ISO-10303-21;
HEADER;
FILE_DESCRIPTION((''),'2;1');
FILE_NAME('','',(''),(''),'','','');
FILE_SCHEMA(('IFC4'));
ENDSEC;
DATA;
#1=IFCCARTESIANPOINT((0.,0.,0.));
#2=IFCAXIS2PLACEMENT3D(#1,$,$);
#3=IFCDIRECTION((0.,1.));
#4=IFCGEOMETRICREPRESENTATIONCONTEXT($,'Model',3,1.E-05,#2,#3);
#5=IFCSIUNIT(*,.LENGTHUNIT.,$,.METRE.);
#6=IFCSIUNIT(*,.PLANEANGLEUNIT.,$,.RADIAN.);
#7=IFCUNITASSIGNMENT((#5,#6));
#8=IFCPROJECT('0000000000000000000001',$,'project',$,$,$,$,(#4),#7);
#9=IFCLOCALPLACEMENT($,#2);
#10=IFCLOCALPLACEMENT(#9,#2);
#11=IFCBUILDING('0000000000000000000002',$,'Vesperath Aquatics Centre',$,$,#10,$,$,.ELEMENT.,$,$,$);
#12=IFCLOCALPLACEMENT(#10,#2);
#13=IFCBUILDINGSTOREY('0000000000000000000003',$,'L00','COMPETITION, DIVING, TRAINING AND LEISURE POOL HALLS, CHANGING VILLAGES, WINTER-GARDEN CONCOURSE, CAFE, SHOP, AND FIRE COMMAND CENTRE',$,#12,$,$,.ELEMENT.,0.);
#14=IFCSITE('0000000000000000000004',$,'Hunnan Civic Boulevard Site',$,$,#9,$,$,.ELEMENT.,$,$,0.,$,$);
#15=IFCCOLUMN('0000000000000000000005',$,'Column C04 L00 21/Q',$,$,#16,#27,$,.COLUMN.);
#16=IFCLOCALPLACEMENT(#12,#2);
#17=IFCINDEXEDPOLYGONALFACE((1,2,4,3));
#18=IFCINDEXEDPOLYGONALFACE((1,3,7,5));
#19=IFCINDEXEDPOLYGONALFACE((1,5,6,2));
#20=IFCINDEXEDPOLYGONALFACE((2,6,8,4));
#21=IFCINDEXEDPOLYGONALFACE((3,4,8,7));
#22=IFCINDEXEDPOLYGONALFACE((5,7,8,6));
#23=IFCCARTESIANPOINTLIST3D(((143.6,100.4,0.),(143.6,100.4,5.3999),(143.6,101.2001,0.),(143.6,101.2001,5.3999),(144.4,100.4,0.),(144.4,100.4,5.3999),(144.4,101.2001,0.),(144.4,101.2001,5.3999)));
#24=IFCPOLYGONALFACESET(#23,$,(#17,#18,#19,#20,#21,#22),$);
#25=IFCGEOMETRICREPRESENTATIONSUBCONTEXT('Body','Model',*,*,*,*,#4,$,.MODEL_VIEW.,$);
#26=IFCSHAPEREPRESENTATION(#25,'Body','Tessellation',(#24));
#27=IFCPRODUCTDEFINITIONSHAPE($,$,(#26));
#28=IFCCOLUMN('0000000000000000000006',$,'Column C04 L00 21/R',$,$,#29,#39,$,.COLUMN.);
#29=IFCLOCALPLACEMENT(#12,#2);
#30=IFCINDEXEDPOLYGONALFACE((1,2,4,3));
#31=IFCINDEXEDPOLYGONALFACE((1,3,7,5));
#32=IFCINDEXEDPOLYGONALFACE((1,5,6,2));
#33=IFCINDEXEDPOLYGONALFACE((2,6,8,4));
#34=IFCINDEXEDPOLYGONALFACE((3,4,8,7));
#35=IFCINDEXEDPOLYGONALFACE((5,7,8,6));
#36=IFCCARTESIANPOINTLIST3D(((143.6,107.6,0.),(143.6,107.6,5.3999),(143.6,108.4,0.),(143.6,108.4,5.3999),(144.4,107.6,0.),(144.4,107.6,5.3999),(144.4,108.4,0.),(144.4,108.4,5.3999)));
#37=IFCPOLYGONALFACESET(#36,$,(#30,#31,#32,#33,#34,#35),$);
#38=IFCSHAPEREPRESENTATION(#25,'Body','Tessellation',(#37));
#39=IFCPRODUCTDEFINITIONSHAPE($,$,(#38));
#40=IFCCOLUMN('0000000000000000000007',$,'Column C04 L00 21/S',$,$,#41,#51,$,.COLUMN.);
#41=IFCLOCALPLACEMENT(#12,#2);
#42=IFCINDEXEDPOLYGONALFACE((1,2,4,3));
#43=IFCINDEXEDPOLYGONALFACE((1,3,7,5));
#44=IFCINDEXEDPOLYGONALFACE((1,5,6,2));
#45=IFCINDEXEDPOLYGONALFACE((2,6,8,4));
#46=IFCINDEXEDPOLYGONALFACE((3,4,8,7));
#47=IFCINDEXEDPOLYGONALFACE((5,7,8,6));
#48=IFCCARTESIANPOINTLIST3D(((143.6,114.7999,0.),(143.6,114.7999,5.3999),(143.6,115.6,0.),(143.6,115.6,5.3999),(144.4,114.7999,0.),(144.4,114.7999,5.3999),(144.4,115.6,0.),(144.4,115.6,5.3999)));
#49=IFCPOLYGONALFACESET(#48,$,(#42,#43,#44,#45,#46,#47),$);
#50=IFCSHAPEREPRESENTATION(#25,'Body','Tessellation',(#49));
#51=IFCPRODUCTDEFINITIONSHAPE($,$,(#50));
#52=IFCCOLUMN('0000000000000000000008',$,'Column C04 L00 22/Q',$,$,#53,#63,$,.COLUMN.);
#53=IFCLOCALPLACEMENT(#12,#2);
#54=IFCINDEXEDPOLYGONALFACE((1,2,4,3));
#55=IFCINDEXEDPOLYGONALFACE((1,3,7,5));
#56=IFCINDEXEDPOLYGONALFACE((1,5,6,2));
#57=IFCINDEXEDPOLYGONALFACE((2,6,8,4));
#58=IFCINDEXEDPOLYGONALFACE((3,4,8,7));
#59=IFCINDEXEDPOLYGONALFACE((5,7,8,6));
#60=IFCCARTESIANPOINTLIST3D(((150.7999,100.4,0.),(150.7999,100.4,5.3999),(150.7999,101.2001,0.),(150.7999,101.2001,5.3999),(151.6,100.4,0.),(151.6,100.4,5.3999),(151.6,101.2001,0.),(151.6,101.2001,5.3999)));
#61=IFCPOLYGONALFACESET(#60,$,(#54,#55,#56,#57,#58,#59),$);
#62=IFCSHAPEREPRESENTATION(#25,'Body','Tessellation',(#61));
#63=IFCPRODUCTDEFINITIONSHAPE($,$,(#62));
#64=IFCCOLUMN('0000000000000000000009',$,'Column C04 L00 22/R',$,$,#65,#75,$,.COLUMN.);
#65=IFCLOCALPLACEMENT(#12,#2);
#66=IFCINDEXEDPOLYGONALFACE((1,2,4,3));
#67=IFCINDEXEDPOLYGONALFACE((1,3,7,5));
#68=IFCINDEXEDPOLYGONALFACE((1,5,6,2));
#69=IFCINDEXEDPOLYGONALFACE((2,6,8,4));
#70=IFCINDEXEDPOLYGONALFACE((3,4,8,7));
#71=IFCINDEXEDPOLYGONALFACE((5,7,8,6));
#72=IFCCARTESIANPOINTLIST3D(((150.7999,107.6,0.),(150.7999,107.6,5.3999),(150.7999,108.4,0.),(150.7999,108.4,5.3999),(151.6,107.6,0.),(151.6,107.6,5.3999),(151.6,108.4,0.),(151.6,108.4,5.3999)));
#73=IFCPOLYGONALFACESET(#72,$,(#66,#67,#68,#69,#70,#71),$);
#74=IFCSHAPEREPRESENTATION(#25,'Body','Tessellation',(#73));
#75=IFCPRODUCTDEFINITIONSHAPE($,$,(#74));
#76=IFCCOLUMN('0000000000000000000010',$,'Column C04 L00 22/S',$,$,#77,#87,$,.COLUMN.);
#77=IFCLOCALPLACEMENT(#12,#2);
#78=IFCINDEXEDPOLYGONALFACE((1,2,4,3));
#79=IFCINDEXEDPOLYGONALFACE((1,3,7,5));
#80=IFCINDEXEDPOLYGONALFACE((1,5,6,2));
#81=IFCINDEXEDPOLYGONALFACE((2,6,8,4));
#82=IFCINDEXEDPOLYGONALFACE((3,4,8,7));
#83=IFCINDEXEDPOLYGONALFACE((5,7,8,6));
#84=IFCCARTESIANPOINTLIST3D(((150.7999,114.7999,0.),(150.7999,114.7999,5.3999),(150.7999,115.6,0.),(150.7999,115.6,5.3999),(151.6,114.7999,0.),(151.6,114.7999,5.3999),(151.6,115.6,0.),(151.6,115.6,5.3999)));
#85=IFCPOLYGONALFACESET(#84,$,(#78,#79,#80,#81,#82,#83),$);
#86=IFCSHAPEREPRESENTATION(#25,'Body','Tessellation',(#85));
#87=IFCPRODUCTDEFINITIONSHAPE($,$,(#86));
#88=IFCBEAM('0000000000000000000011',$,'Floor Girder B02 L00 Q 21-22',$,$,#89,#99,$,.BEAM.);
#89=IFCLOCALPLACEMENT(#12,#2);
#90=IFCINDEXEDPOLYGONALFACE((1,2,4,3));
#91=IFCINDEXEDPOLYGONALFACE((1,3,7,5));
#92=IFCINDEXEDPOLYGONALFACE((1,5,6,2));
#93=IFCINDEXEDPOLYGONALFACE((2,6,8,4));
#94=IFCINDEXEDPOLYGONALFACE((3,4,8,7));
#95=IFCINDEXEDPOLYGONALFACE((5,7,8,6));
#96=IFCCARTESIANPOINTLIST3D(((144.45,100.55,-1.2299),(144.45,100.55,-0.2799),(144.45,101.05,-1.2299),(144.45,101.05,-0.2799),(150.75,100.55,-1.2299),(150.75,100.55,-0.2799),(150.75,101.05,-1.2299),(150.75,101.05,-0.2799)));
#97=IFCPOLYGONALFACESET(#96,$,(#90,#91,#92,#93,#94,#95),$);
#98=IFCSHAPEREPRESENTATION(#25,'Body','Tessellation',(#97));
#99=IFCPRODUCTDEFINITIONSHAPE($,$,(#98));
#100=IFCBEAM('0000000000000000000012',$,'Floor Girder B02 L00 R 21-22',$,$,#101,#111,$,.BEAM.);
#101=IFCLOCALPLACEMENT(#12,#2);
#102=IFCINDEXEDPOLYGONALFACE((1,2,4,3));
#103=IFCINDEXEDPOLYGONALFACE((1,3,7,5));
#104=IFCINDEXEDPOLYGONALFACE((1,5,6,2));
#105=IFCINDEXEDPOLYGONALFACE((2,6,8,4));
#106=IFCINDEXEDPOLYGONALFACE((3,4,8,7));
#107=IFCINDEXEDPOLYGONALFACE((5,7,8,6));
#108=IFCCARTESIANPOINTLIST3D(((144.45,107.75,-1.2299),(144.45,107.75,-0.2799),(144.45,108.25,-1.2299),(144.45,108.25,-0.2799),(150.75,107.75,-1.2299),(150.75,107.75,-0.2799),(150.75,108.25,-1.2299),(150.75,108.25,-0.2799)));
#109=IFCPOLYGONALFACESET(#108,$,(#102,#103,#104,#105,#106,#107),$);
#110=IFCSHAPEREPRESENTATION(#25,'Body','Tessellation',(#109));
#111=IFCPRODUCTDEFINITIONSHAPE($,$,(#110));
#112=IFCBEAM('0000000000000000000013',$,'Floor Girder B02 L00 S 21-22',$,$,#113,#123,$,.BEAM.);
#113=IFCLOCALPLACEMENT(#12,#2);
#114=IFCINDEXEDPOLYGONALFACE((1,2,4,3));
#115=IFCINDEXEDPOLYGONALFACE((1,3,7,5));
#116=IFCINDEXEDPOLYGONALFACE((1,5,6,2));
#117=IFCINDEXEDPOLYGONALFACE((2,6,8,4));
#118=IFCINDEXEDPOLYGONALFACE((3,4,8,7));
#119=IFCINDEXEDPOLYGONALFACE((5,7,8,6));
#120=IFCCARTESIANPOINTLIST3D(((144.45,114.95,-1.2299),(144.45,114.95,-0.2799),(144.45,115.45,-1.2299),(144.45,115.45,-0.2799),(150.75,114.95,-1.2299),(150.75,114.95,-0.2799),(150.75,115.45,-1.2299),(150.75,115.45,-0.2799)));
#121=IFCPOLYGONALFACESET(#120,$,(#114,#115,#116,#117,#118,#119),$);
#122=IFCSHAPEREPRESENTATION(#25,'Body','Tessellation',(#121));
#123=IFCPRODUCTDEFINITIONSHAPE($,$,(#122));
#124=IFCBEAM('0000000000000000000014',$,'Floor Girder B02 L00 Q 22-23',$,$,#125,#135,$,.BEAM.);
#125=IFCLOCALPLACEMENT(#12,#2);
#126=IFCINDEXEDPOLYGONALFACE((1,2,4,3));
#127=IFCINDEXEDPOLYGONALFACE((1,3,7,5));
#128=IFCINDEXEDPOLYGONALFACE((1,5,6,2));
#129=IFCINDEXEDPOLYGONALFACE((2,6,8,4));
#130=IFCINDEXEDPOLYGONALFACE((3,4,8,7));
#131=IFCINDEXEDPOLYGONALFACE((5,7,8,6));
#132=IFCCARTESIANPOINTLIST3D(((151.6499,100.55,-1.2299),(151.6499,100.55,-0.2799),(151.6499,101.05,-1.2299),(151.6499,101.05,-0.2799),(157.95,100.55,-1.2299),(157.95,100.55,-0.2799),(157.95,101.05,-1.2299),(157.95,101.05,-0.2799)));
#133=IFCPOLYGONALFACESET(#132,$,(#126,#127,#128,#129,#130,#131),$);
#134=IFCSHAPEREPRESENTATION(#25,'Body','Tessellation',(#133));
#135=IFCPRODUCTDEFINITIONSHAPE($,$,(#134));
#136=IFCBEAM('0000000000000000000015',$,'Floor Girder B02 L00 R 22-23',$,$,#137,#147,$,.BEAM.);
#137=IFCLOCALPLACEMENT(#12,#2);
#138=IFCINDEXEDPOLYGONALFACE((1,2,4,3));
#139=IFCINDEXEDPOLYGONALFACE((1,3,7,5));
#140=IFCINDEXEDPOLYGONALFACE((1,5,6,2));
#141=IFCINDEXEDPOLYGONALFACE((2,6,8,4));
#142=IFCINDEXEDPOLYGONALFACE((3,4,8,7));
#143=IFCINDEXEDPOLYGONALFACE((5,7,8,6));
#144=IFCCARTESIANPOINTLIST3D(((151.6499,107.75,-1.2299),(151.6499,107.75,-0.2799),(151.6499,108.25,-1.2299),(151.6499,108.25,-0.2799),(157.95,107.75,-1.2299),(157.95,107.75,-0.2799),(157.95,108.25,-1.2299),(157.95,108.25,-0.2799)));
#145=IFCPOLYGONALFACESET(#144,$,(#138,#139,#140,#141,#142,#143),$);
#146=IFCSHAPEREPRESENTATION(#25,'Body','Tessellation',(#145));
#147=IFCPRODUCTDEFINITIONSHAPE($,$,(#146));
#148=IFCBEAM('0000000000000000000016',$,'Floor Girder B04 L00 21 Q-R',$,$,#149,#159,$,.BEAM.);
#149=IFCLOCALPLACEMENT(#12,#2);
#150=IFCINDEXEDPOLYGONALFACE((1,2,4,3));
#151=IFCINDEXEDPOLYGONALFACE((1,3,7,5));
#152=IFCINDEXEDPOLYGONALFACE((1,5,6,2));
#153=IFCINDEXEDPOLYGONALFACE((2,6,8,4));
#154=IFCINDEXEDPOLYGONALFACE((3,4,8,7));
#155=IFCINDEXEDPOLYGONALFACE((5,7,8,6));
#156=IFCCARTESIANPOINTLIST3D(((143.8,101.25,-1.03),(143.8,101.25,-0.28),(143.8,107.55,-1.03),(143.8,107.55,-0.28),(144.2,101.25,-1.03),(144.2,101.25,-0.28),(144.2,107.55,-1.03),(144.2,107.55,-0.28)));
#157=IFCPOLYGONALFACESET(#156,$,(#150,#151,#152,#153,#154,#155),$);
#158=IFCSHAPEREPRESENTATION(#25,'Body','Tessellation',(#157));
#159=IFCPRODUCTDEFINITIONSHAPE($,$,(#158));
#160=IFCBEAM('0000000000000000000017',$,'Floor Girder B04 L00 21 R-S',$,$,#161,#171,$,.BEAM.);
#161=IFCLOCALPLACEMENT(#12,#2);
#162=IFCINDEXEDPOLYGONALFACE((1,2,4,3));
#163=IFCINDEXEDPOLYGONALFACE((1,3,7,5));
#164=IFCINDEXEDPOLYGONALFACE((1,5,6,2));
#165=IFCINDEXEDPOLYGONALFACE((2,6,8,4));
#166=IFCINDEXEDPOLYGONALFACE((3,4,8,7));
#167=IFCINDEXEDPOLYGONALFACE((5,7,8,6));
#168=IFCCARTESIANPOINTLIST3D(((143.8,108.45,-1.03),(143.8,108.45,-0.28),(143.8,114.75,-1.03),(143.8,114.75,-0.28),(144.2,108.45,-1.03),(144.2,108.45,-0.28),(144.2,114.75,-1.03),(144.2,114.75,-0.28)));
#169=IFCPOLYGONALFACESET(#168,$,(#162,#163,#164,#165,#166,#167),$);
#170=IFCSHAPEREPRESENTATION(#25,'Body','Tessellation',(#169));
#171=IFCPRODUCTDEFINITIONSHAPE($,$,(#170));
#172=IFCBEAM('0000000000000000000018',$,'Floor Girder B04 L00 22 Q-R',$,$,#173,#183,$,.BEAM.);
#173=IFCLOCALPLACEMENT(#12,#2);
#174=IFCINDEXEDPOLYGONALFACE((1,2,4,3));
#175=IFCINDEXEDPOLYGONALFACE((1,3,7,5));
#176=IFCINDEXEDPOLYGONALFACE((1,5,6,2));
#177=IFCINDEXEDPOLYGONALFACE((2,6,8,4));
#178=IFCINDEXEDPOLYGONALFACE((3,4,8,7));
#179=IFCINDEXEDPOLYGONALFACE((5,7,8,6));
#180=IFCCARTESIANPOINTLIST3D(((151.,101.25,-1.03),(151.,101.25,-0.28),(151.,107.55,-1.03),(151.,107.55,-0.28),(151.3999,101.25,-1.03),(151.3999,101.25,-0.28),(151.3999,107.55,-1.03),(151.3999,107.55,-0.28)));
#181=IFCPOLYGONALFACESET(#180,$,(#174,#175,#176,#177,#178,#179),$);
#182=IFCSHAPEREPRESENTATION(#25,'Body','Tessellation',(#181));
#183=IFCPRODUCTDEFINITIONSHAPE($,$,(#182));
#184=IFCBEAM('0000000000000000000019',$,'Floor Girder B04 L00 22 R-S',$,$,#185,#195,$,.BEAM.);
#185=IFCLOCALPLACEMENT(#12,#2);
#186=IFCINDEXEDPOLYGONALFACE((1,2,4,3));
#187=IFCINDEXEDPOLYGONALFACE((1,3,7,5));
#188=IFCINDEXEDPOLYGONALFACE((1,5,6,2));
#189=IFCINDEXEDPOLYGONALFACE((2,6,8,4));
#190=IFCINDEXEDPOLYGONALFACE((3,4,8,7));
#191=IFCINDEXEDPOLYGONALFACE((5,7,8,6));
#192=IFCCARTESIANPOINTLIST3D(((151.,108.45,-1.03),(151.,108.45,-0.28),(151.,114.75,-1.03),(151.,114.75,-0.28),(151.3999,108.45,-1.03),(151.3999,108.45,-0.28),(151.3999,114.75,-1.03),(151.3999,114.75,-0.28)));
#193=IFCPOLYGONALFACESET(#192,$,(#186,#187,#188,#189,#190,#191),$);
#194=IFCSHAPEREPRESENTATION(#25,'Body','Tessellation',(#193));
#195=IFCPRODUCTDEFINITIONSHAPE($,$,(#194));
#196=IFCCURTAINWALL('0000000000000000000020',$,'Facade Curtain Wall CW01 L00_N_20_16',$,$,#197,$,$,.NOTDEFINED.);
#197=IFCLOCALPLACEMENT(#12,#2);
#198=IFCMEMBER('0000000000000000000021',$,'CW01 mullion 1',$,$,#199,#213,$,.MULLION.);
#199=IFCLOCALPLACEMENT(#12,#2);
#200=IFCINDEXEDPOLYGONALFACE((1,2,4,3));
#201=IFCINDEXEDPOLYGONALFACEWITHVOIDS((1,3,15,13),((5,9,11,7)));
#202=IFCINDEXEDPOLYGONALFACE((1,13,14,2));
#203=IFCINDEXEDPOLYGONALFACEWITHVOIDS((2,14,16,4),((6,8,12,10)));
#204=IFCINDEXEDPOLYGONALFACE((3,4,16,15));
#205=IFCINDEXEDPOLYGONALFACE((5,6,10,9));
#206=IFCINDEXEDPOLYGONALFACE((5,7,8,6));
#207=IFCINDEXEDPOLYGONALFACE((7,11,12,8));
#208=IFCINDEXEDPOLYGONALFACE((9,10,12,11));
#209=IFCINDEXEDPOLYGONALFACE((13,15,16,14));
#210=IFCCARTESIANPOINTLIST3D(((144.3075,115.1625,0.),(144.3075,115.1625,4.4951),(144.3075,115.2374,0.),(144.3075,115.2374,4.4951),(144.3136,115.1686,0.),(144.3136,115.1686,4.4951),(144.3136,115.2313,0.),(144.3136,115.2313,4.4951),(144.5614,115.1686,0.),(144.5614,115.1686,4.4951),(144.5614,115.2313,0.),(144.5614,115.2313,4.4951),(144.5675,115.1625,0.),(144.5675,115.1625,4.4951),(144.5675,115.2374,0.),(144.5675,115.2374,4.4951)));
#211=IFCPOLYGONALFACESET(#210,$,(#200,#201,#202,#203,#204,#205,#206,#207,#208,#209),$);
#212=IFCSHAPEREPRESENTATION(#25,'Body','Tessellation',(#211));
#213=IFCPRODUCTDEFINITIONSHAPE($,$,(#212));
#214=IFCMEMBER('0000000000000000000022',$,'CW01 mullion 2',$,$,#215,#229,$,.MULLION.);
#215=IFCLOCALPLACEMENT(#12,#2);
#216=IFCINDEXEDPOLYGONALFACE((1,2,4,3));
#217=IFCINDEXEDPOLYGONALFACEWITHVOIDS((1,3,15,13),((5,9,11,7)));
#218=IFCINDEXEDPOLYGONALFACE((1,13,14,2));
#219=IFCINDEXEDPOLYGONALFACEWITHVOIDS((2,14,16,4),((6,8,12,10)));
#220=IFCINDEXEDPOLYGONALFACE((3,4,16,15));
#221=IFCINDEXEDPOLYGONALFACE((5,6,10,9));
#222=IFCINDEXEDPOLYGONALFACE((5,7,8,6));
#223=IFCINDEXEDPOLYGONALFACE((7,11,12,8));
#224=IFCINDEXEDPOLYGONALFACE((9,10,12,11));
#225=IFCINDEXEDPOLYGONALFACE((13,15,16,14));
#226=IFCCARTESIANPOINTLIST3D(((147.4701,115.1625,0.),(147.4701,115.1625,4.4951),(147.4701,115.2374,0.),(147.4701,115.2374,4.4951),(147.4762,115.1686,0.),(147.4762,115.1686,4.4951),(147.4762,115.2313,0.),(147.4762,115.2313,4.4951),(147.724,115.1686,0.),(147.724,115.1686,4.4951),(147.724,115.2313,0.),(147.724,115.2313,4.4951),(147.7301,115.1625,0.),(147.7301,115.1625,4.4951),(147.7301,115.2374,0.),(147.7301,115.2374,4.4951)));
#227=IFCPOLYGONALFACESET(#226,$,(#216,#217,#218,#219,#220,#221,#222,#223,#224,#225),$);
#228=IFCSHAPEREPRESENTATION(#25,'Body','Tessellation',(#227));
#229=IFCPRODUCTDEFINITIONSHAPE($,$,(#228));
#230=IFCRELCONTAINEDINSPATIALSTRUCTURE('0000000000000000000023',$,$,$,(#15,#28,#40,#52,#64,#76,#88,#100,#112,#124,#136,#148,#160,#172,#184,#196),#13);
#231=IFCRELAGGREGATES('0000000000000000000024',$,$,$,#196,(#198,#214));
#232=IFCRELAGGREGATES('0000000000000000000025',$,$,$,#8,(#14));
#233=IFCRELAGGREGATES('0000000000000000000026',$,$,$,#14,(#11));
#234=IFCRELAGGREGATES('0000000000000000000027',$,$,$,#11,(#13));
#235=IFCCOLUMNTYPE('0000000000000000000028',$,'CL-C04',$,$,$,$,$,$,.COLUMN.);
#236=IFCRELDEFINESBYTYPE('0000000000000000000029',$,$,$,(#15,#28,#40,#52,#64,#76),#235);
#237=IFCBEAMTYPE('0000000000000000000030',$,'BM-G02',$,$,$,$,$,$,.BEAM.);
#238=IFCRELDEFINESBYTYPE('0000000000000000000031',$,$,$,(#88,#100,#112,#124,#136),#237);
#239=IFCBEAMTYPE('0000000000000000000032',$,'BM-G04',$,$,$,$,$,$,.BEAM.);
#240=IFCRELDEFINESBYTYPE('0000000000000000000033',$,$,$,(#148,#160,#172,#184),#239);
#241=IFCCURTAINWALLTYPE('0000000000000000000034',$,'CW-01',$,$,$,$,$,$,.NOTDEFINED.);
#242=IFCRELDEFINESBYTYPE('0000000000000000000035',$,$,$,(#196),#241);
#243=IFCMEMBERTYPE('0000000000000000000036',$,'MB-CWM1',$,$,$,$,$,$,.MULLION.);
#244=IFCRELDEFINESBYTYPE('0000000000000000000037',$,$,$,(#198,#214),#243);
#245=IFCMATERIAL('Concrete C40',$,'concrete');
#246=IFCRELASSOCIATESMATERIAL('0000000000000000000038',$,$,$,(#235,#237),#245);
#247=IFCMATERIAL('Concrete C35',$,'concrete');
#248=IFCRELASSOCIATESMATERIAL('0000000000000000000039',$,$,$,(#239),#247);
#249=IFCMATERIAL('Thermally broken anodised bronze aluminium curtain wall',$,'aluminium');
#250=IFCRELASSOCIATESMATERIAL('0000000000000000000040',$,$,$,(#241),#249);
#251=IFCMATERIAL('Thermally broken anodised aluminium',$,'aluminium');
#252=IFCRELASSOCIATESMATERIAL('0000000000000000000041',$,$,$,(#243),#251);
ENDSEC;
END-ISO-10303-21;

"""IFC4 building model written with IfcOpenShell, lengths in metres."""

from ifc_helpers import new_model, si_unit, direction, frame, origin, origin_2d, place, context, subcontext, project, spatial, rectangle, hollow_rectangle, extrude, material, material_profile, profile_set, type_object, element, aggregate, save


model = new_model("IFC4")

# Units and contexts
model_context = context("Model", 3, precision=1e-05, world=origin(), true_north=direction((0.0, 1.0)))
body_context = subcontext(model_context, "Body", "Model", "MODEL_VIEW")
ifc_project = project(units=[si_unit("LENGTHUNIT", "METRE"), si_unit("PLANEANGLEUNIT", "RADIAN")], contexts=[model_context])

# Site, building, storey
site_placement = place(None, origin())
site = spatial("IfcSite", under=ifc_project, at=site_placement, Name="Hunnan Civic Boulevard Site", CompositionType="ELEMENT", RefElevation=0.0)
building_placement = place(site_placement, origin())
building = spatial("IfcBuilding", under=site, at=building_placement, Name="Vesperath Aquatics Centre", CompositionType="ELEMENT")
storey_placement = place(building_placement, origin())
storey = spatial("IfcBuildingStorey", under=building, at=storey_placement, Name="L00", Description="COMPETITION, DIVING, TRAINING AND LEISURE POOL HALLS, CHANGING VILLAGES, WINTER-GARDEN CONCOURSE, CAFE, SHOP, AND FIRE COMMAND CENTRE", CompositionType="ELEMENT", Elevation=0.0)

# Columns
ifc_material_1 = material(Name="Concrete C40", Category="concrete")
ifc_material_profile_1 = material_profile(ifc_material_1, rectangle(XDim=0.8, YDim=0.8, at=origin_2d()), Name="RC 800x800")
ifc_profile_set_1 = profile_set([ifc_material_profile_1], Name="Concrete C40")
column_type = type_object("IfcColumnType", Name="CL-C04", PredefinedType="COLUMN", material=ifc_profile_set_1)
for number, where, z_axis, x_axis, name in (
    (1, (144.0, 100.8, 0.0), (0.0, 0.0, 1.0), (1.0, 0.0, 0.0), "Column C04 L00 21/Q"),
    (2, (144.0, 108.0, 0.0), (0.0, 0.0, 1.0), (1.0, 0.0, 0.0), "Column C04 L00 21/R"),
    (3, (144.0, 115.2, 0.0), (0.0, 0.0, 1.0), (1.0, 0.0, 0.0), "Column C04 L00 21/S"),
    (4, (151.2, 100.8, 0.0), (0.0, 0.0, 1.0), (1.0, 0.0, 0.0), "Column C04 L00 22/Q"),
    (5, (151.2, 108.0, 0.0), (0.0, 0.0, 1.0), (1.0, 0.0, 0.0), "Column C04 L00 22/R"),
    (6, (151.2, 115.2, 0.0), (0.0, 0.0, 1.0), (1.0, 0.0, 0.0), "Column C04 L00 22/S"),
):
    element("IfcColumn", number, at=place(storey_placement, frame(where, z_axis=z_axis, x_axis=x_axis)), inside=storey, type_object=column_type, Name=name, PredefinedType="COLUMN", context=body_context, shape_type="SweptSolid", body=[
        extrude(rectangle(XDim=0.8, YDim=0.8, at=origin_2d()), origin(), (0.0, 0.0, 1.0), 5.3999),
    ])

# Beams
ifc_material_profile_2 = material_profile(ifc_material_1, rectangle(XDim=0.5, YDim=0.95, at=origin_2d()), Name="RC 500x950")
ifc_profile_set_2 = profile_set([ifc_material_profile_2], Name="Concrete C40")
beam_type_1 = type_object("IfcBeamType", Name="BM-G02", PredefinedType="BEAM", material=ifc_profile_set_2)
for number, where, z_axis, x_axis, name in (
    (7, (144.45, 100.8, -0.7549), (1.0, 0.0, 0.0), (0.0, 1.0, 0.0), "Floor Girder B02 L00 Q 21-22"),
    (8, (144.45, 108.0, -0.7549), (1.0, 0.0, 0.0), (0.0, 1.0, 0.0), "Floor Girder B02 L00 R 21-22"),
    (9, (144.45, 115.2, -0.7549), (1.0, 0.0, 0.0), (0.0, 1.0, 0.0), "Floor Girder B02 L00 S 21-22"),
    (10, (151.6499, 100.8, -0.7549), (1.0, 0.0, 0.0), (0.0, 1.0, 0.0), "Floor Girder B02 L00 Q 22-23"),
    (11, (151.6499, 108.0, -0.7549), (1.0, 0.0, 0.0), (0.0, 1.0, 0.0), "Floor Girder B02 L00 R 22-23"),
):
    element("IfcBeam", number, at=place(storey_placement, frame(where, z_axis=z_axis, x_axis=x_axis)), inside=storey, type_object=beam_type_1, Name=name, PredefinedType="BEAM", context=body_context, shape_type="SweptSolid", body=[
        extrude(rectangle(XDim=0.5, YDim=0.95, at=origin_2d()), origin(), (0.0, 0.0, 1.0), 6.3),
    ])
ifc_material_2 = material(Name="Concrete C35", Category="concrete")
ifc_material_profile_3 = material_profile(ifc_material_2, rectangle(XDim=0.3999, YDim=0.75, at=origin_2d()), Name="RC 400x750")
ifc_profile_set_3 = profile_set([ifc_material_profile_3], Name="Concrete C35")
beam_type_2 = type_object("IfcBeamType", Name="BM-G04", PredefinedType="BEAM", material=ifc_profile_set_3)
for number, where, z_axis, x_axis, name in (
    (12, (144.0, 101.25, -0.655), (0.0, 1.0, 0.0), (-1.0, 0.0, 0.0), "Floor Girder B04 L00 21 Q-R"),
    (13, (144.0, 108.45, -0.655), (0.0, 1.0, 0.0), (-1.0, 0.0, 0.0), "Floor Girder B04 L00 21 R-S"),
    (14, (151.2, 101.25, -0.655), (0.0, 1.0, 0.0), (-1.0, 0.0, 0.0), "Floor Girder B04 L00 22 Q-R"),
    (15, (151.2, 108.45, -0.655), (0.0, 1.0, 0.0), (-1.0, 0.0, 0.0), "Floor Girder B04 L00 22 R-S"),
):
    element("IfcBeam", number, at=place(storey_placement, frame(where, z_axis=z_axis, x_axis=x_axis)), inside=storey, type_object=beam_type_2, Name=name, PredefinedType="BEAM", context=body_context, shape_type="SweptSolid", body=[
        extrude(rectangle(XDim=0.3999, YDim=0.75, at=origin_2d()), origin(), (0.0, 0.0, 1.0), 6.3),
    ])

# Curtain wall, members
ifc_material_3 = material(Name="Thermally broken anodised bronze aluminium curtain wall", Category="aluminium")
curtain_wall_type = type_object("IfcCurtainWallType", Name="CW-01", PredefinedType="NOTDEFINED", material=ifc_material_3)
curtain_wall_placement = place(storey_placement, origin())
curtain_wall = element("IfcCurtainWall", 16, at=curtain_wall_placement, inside=storey, type_object=curtain_wall_type, Name="Facade Curtain Wall CW01 L00_N_20_16", PredefinedType="NOTDEFINED")
ifc_material_4 = material(Name="Thermally broken anodised aluminium", Category="aluminium")
ifc_material_profile_4 = material_profile(ifc_material_4, hollow_rectangle(XDim=0.075, YDim=0.26, WallThickness=0.0061, at=origin_2d()), Name="CWM 75x260x6")
ifc_profile_set_4 = profile_set([ifc_material_profile_4], Name="Thermally broken anodised aluminium")
member_type_1 = type_object("IfcMemberType", Name="MB-CWM1", PredefinedType="MULLION", material=ifc_profile_set_4)
member_1_placement = place(storey_placement, frame((144.4375, 115.2, 0.0), z_axis=(0.0, 0.0, 1.0), x_axis=(0.0, 1.0, 0.0)))
member_1 = element("IfcMember", 17, at=member_1_placement, type_object=member_type_1, Name="CW01 mullion 1", PredefinedType="MULLION", context=body_context, shape_type="SweptSolid", body=[
    extrude(hollow_rectangle(XDim=0.075, YDim=0.26, WallThickness=0.0061, at=origin_2d()), origin(), (0.0, 0.0, 1.0), 4.4951),
])
member_2_placement = place(storey_placement, frame((147.6001, 115.2, 0.0), z_axis=(0.0, 0.0, 1.0), x_axis=(0.0, 1.0, 0.0)))
member_2 = element("IfcMember", 18, at=member_2_placement, type_object=member_type_1, Name="CW01 mullion 2", PredefinedType="MULLION", context=body_context, shape_type="SweptSolid", body=[
    extrude(hollow_rectangle(XDim=0.075, YDim=0.26, WallThickness=0.0061, at=origin_2d()), origin(), (0.0, 0.0, 1.0), 4.4951),
])
aggregate(curtain_wall, [member_1, member_2])

save(model, "model.ifc")
